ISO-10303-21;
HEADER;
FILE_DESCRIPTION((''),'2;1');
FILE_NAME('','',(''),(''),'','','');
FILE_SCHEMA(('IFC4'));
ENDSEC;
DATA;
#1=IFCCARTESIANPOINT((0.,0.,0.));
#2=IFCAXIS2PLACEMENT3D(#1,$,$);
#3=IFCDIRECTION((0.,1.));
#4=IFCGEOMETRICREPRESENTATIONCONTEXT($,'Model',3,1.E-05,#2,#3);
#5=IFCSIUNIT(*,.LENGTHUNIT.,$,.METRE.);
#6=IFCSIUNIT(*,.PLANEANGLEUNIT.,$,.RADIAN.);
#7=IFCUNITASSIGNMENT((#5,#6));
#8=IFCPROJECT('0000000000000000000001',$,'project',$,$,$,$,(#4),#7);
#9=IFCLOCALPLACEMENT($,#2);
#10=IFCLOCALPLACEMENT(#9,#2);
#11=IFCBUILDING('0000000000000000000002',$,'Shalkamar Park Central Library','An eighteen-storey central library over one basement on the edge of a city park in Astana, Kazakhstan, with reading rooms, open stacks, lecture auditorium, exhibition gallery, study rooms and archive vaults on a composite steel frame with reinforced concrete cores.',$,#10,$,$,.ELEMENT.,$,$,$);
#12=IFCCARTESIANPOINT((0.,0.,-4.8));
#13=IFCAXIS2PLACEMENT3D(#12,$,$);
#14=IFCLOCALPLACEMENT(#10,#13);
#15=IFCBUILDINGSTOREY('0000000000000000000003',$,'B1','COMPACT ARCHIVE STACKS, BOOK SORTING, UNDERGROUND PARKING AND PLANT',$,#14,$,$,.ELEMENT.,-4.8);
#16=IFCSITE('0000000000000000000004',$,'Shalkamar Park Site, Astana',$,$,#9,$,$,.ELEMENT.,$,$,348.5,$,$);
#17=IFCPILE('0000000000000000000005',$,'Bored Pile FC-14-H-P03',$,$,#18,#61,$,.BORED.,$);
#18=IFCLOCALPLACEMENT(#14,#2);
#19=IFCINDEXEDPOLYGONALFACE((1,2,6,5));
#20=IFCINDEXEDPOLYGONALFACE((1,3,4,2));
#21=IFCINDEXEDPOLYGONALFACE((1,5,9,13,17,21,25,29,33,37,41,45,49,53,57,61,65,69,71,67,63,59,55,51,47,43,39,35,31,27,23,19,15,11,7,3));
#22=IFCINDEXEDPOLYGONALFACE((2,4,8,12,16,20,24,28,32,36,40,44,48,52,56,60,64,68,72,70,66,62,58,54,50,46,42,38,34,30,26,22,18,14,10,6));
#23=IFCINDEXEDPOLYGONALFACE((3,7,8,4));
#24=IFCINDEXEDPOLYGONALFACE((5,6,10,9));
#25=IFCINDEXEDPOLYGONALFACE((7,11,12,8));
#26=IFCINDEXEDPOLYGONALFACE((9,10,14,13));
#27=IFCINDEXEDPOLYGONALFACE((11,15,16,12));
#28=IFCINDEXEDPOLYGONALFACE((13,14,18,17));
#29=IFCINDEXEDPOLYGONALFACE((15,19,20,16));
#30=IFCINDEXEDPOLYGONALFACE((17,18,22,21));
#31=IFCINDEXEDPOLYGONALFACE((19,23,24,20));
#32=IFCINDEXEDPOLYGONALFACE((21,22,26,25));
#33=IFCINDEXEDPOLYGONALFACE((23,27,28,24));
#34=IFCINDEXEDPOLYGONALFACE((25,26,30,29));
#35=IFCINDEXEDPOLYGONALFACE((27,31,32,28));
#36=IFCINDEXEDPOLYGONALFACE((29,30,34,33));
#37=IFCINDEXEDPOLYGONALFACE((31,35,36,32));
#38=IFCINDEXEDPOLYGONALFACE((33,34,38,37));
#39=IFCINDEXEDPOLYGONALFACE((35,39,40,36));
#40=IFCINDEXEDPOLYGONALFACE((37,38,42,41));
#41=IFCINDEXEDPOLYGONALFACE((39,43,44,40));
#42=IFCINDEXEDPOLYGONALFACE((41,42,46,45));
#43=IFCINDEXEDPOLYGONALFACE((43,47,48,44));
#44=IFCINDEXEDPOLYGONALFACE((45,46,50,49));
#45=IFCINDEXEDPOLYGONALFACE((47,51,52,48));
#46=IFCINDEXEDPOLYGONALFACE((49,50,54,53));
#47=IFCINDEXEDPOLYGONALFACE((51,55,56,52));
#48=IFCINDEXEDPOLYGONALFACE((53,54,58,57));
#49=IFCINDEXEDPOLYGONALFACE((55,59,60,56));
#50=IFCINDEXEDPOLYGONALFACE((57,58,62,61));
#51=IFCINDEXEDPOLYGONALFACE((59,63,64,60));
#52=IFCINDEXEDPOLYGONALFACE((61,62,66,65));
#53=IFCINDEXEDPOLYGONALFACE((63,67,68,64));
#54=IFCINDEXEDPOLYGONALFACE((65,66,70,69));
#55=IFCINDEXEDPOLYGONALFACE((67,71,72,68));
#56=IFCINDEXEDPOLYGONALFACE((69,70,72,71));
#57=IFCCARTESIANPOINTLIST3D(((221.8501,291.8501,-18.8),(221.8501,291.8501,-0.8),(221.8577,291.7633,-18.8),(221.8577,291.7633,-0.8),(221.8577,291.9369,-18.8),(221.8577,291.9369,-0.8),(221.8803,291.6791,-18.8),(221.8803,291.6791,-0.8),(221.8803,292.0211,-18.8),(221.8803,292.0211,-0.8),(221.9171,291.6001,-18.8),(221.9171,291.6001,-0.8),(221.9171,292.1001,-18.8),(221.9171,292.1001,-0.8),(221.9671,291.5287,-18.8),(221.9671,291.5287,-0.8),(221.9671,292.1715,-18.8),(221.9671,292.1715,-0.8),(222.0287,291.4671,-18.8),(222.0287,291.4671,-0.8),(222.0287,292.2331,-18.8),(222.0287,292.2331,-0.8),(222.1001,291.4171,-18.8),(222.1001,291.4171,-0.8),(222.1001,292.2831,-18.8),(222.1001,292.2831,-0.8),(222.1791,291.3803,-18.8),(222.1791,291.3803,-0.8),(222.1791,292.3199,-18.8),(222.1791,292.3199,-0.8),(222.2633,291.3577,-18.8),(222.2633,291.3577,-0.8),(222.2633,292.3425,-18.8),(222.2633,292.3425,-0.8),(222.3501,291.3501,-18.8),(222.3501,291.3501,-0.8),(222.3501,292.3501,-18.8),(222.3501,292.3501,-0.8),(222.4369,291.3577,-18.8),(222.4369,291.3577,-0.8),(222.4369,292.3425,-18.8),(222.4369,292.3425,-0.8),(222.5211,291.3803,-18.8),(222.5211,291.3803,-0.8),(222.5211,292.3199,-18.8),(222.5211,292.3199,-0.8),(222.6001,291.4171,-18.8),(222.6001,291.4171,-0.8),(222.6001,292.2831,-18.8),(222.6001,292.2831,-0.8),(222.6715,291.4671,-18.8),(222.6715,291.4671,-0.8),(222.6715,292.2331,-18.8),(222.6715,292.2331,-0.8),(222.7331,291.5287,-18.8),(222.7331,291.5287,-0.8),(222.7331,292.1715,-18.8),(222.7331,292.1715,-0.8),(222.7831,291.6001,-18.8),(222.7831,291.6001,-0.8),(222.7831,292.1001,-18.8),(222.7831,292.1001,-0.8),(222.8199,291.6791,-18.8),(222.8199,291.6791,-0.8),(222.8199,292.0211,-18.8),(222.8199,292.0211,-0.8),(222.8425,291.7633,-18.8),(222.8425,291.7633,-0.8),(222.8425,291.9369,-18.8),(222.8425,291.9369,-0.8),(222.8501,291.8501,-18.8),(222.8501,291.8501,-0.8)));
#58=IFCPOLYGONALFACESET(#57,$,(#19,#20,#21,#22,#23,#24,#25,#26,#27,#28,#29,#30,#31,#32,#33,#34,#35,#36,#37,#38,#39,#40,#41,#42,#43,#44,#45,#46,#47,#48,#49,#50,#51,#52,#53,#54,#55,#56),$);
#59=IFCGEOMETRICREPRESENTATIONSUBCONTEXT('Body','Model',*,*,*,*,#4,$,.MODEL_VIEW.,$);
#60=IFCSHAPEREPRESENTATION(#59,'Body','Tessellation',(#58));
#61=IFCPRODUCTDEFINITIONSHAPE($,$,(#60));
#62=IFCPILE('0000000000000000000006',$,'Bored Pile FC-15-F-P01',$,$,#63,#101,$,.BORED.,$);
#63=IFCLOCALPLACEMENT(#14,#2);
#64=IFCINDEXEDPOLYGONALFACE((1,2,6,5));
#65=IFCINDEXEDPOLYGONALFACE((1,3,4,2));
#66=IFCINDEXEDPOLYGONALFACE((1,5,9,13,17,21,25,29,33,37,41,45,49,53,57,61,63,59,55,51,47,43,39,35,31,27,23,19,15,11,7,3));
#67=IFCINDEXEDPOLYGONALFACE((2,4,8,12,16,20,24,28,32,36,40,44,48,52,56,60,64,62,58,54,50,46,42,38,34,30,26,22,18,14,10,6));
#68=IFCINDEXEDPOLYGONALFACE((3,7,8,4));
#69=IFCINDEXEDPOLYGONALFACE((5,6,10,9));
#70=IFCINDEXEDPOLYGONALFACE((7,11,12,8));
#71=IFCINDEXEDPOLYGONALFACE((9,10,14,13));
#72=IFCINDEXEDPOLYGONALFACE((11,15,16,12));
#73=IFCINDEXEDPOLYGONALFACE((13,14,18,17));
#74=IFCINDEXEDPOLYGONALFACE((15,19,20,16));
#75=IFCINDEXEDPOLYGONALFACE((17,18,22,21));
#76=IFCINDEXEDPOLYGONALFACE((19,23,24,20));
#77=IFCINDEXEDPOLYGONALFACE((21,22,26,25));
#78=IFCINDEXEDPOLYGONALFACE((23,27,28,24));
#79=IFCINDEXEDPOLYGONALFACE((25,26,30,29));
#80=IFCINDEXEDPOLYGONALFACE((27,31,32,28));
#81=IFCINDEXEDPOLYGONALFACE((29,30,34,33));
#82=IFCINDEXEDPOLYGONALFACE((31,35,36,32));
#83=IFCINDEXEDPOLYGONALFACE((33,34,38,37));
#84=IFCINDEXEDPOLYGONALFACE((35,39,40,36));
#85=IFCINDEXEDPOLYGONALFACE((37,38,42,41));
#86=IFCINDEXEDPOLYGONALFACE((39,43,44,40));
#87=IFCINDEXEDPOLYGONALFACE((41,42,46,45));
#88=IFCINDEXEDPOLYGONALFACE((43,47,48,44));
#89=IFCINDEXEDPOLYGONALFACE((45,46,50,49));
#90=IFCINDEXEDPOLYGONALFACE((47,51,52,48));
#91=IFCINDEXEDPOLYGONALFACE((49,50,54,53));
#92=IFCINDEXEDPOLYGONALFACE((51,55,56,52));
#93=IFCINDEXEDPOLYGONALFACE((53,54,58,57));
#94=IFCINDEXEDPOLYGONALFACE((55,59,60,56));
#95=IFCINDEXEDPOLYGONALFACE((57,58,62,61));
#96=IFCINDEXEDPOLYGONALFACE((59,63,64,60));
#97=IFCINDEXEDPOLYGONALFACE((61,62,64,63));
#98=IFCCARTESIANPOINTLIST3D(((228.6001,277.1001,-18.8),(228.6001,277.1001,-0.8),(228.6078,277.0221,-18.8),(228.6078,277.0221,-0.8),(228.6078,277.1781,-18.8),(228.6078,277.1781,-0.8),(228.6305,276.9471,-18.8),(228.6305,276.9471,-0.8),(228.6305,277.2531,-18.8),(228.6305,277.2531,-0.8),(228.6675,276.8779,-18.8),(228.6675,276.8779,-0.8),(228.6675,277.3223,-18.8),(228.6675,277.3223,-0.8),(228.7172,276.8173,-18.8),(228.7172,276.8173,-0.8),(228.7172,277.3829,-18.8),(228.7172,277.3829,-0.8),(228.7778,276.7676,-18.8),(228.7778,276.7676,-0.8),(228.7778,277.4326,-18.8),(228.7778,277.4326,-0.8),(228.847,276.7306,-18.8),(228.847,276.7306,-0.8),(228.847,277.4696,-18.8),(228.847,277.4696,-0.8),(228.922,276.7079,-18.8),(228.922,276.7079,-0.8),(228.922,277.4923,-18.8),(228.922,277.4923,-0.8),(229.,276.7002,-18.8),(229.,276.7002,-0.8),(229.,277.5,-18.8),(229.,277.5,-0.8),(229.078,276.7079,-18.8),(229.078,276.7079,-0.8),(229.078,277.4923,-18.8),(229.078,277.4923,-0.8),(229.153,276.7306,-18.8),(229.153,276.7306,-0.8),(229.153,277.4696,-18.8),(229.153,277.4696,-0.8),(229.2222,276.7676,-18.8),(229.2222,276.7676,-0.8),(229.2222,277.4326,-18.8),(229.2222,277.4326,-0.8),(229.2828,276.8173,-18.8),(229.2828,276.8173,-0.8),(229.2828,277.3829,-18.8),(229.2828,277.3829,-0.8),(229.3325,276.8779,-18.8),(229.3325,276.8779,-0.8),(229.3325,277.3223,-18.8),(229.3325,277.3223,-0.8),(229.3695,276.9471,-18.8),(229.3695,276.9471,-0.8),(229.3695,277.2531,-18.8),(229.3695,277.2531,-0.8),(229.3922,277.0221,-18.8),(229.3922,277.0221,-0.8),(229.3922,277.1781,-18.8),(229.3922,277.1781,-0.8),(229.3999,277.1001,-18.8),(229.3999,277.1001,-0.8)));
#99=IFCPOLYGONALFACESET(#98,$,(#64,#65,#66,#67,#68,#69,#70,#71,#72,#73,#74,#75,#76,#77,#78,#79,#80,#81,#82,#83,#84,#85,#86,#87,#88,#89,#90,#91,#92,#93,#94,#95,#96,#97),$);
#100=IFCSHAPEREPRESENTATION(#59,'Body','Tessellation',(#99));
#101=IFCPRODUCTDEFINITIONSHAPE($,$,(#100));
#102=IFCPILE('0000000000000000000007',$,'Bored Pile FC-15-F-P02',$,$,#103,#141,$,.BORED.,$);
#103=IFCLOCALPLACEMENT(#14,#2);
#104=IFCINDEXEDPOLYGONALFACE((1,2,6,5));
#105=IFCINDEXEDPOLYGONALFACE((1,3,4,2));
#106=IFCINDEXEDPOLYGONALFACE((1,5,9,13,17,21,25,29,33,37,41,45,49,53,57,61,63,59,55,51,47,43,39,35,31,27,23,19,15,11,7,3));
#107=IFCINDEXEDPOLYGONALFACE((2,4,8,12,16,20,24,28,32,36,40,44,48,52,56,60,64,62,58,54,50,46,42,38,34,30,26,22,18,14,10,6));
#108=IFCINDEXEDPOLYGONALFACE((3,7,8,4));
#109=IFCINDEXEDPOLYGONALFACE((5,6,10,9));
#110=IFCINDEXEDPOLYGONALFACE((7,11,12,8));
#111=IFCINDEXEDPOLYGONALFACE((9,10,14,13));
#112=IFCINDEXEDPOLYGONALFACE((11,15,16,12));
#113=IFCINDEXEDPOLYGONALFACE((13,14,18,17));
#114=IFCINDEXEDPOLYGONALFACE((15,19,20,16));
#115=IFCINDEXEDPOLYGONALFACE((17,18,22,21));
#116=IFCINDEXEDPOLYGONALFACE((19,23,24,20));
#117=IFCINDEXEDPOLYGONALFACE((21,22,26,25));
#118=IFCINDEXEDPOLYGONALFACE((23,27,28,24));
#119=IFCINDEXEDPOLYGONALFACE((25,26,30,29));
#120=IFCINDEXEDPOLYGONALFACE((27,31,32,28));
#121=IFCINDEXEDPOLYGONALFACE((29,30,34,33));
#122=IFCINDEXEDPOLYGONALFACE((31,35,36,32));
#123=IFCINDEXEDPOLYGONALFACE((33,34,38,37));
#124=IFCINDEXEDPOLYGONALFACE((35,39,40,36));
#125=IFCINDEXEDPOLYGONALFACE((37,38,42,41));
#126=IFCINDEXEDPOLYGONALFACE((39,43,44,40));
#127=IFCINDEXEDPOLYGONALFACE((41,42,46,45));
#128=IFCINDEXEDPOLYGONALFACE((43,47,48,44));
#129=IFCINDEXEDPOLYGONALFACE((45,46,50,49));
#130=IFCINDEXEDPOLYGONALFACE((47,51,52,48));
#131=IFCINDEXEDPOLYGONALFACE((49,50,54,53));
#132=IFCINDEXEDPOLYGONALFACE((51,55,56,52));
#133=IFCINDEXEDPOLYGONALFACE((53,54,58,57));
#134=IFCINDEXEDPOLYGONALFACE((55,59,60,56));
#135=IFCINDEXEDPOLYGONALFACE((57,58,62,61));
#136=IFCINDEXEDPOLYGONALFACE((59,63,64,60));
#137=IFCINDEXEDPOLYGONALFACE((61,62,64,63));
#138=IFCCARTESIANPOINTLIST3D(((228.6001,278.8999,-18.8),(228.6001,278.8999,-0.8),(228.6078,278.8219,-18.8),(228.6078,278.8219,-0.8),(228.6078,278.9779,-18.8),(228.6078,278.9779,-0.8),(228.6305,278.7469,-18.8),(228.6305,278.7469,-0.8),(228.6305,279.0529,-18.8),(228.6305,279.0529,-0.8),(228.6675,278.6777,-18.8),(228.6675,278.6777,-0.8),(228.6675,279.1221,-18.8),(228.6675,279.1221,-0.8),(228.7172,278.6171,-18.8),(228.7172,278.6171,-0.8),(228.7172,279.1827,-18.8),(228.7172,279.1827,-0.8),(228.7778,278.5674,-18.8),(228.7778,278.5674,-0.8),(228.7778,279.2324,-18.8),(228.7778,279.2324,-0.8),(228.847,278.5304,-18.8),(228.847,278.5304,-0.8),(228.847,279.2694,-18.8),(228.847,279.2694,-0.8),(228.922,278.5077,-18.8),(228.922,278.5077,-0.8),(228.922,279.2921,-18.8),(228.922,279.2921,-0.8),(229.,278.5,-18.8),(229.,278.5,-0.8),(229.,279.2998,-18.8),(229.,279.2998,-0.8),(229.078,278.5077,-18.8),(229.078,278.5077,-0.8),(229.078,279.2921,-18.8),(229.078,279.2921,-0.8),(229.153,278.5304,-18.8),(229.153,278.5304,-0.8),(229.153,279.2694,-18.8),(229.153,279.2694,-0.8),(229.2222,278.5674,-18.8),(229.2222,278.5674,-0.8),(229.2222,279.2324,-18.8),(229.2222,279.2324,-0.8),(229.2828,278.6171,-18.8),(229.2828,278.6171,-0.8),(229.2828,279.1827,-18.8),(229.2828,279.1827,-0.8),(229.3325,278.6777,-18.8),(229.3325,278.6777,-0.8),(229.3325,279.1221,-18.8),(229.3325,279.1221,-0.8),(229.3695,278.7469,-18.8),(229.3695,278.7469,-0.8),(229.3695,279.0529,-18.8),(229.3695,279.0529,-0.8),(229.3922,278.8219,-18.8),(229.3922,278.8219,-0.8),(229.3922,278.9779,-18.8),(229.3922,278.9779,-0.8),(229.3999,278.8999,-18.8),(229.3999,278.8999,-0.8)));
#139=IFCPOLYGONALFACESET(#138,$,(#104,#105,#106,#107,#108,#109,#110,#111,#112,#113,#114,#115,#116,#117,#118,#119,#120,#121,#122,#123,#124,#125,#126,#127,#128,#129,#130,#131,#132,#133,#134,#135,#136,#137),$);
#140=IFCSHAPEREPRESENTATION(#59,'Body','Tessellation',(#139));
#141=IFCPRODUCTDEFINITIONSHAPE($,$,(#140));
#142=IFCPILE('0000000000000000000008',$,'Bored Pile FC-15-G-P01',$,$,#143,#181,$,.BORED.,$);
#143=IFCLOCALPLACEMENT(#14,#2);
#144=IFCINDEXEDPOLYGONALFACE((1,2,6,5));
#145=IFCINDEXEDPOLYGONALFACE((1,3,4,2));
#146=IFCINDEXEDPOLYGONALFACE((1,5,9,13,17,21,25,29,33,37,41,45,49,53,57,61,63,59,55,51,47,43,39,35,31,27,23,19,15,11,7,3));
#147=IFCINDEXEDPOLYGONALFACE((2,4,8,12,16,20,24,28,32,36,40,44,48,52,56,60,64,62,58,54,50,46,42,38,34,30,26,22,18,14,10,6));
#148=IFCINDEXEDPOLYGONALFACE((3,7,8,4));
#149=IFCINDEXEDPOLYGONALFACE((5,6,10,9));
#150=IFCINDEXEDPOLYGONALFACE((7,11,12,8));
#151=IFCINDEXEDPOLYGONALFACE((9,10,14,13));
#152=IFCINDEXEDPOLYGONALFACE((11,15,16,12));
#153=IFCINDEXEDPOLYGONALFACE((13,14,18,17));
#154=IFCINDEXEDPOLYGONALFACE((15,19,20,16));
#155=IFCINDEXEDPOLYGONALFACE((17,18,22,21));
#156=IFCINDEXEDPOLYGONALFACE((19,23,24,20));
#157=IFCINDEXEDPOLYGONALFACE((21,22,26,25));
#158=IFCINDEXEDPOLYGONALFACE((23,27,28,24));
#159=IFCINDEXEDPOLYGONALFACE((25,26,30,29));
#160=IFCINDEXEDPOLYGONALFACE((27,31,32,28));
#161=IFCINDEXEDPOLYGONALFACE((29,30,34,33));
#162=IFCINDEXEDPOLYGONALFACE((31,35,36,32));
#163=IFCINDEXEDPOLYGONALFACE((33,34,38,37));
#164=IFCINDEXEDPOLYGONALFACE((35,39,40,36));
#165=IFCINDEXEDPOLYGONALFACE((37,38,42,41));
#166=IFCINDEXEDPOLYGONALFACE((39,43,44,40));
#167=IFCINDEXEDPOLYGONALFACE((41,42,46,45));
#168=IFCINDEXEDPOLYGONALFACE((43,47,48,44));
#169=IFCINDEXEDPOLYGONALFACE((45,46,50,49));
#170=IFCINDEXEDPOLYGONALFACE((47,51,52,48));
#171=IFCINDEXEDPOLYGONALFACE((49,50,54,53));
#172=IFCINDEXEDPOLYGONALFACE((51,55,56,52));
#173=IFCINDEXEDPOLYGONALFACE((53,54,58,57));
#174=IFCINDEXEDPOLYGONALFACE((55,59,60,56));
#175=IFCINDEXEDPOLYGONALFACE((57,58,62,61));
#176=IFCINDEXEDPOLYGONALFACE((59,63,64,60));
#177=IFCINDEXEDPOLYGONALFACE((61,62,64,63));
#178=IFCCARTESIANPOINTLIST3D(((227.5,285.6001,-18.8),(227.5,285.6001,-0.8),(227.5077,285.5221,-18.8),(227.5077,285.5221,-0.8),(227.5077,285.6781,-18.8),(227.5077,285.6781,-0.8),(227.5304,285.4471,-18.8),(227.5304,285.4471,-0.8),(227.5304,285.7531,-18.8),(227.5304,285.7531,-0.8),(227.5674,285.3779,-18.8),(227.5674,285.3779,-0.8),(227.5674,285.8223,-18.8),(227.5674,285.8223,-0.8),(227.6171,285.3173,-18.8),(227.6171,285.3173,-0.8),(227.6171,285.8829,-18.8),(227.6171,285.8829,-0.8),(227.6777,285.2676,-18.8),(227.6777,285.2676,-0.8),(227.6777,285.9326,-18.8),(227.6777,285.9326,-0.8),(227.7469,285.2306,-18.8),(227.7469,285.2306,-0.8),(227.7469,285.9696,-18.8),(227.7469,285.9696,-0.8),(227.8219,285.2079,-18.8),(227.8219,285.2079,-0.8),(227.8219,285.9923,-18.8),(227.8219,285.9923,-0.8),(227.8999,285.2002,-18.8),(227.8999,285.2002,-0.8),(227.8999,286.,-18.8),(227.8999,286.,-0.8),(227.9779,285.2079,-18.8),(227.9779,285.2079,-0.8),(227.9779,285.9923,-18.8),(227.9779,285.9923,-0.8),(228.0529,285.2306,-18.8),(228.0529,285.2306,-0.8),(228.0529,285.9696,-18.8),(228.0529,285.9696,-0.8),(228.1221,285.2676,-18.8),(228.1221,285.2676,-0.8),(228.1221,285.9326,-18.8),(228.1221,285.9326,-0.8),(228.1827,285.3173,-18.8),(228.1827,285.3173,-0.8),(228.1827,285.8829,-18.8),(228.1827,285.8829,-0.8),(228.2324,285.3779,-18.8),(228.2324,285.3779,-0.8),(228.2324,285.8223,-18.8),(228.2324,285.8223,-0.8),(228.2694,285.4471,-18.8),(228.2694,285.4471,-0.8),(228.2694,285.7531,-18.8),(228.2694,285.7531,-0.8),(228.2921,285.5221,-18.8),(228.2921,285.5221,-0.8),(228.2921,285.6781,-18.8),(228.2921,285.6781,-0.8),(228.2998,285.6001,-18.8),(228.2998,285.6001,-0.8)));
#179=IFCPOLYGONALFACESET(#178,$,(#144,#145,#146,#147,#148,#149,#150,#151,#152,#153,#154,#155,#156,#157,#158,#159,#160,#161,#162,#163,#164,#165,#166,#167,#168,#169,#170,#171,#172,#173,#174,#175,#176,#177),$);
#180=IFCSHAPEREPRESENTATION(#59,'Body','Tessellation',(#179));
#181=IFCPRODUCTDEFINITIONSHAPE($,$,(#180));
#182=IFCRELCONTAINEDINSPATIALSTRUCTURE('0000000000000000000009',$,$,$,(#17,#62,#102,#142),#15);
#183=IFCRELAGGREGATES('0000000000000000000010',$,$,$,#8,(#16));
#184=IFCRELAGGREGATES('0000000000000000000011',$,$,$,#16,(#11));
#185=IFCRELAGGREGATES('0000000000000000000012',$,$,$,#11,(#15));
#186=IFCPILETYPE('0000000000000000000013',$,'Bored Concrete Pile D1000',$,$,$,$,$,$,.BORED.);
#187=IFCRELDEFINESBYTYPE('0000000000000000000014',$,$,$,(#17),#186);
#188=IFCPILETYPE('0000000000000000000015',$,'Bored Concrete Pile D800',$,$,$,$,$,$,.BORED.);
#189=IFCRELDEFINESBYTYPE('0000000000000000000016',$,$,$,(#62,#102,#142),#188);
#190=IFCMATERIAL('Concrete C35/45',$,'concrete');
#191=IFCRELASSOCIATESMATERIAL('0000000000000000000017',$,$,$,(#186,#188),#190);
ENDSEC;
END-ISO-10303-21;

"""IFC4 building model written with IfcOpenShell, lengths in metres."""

from ifc_helpers import new_model, si_unit, direction, frame, origin, origin_2d, place, context, subcontext, project, spatial, circle, extrude, material, material_profile, profile_set, type_object, element, save


model = new_model("IFC4")

# Units and contexts
model_context = context("Model", 3, precision=1e-05, world=origin(), true_north=direction((0.0, 1.0)))
body_context = subcontext(model_context, "Body", "Model", "MODEL_VIEW")
ifc_project = project(units=[si_unit("LENGTHUNIT", "METRE"), si_unit("PLANEANGLEUNIT", "RADIAN")], contexts=[model_context])

# Site, building, storey
site_placement = place(None, origin())
site = spatial("IfcSite", under=ifc_project, at=site_placement, Name="Shalkamar Park Site, Astana", CompositionType="ELEMENT", RefElevation=348.5)
building_placement = place(site_placement, origin())
building = spatial("IfcBuilding", under=site, at=building_placement, Name="Shalkamar Park Central Library", Description="An eighteen-storey central library over one basement on the edge of a city park in Astana, Kazakhstan, with reading rooms, open stacks, lecture auditorium, exhibition gallery, study rooms and archive vaults on a composite steel frame with reinforced concrete cores.", CompositionType="ELEMENT")
storey_placement = place(building_placement, frame((0.0, 0.0, -4.8)))
storey = spatial("IfcBuildingStorey", under=building, at=storey_placement, Name="B1", Description="COMPACT ARCHIVE STACKS, BOOK SORTING, UNDERGROUND PARKING AND PLANT", CompositionType="ELEMENT", Elevation=-4.8)

# Piles
ifc_material_1 = material(Name="Concrete C35/45", Category="concrete")
ifc_material_profile_1 = material_profile(ifc_material_1, circle(Radius=0.5, at=origin_2d()), Name="PILE D1000")
ifc_profile_set_1 = profile_set([ifc_material_profile_1], Name="Concrete C35/45")
pile_type_1 = type_object("IfcPileType", Name="Bored Concrete Pile D1000", PredefinedType="BORED", material=ifc_profile_set_1)
pile_placement = place(storey_placement, frame((222.3501, 291.8501, -0.8), z_axis=(0.0, 0.0, -1.0), x_axis=(1.0, 0.0, 0.0)))
element("IfcPile", 1, at=pile_placement, inside=storey, type_object=pile_type_1, Name="Bored Pile FC-14-H-P03", PredefinedType="BORED", context=body_context, shape_type="SweptSolid", body=[
    extrude(circle(Radius=0.5, at=origin_2d()), origin(), (0.0, 0.0, 1.0), 18.0),
])
ifc_material_profile_2 = material_profile(ifc_material_1, circle(Radius=0.3999, at=origin_2d()), Name="PILE D800")
ifc_profile_set_2 = profile_set([ifc_material_profile_2], Name="Concrete C35/45")
pile_type_2 = type_object("IfcPileType", Name="Bored Concrete Pile D800", PredefinedType="BORED", material=ifc_profile_set_2)
for number, where, z_axis, x_axis, name in (
    (2, (229.0, 277.1001, -0.8), (0.0, 0.0, -1.0), (1.0, 0.0, 0.0), "Bored Pile FC-15-F-P01"),
    (3, (229.0, 278.8999, -0.8), (0.0, 0.0, -1.0), (1.0, 0.0, 0.0), "Bored Pile FC-15-F-P02"),
    (4, (227.8999, 285.6001, -0.8), (0.0, 0.0, -1.0), (1.0, 0.0, 0.0), "Bored Pile FC-15-G-P01"),
):
    element("IfcPile", number, at=place(storey_placement, frame(where, z_axis=z_axis, x_axis=x_axis)), inside=storey, type_object=pile_type_2, Name=name, PredefinedType="BORED", context=body_context, shape_type="SweptSolid", body=[
        extrude(circle(Radius=0.3999, at=origin_2d()), origin(), (0.0, 0.0, 1.0), 18.0),
    ])

save(model, "model.ifc")
